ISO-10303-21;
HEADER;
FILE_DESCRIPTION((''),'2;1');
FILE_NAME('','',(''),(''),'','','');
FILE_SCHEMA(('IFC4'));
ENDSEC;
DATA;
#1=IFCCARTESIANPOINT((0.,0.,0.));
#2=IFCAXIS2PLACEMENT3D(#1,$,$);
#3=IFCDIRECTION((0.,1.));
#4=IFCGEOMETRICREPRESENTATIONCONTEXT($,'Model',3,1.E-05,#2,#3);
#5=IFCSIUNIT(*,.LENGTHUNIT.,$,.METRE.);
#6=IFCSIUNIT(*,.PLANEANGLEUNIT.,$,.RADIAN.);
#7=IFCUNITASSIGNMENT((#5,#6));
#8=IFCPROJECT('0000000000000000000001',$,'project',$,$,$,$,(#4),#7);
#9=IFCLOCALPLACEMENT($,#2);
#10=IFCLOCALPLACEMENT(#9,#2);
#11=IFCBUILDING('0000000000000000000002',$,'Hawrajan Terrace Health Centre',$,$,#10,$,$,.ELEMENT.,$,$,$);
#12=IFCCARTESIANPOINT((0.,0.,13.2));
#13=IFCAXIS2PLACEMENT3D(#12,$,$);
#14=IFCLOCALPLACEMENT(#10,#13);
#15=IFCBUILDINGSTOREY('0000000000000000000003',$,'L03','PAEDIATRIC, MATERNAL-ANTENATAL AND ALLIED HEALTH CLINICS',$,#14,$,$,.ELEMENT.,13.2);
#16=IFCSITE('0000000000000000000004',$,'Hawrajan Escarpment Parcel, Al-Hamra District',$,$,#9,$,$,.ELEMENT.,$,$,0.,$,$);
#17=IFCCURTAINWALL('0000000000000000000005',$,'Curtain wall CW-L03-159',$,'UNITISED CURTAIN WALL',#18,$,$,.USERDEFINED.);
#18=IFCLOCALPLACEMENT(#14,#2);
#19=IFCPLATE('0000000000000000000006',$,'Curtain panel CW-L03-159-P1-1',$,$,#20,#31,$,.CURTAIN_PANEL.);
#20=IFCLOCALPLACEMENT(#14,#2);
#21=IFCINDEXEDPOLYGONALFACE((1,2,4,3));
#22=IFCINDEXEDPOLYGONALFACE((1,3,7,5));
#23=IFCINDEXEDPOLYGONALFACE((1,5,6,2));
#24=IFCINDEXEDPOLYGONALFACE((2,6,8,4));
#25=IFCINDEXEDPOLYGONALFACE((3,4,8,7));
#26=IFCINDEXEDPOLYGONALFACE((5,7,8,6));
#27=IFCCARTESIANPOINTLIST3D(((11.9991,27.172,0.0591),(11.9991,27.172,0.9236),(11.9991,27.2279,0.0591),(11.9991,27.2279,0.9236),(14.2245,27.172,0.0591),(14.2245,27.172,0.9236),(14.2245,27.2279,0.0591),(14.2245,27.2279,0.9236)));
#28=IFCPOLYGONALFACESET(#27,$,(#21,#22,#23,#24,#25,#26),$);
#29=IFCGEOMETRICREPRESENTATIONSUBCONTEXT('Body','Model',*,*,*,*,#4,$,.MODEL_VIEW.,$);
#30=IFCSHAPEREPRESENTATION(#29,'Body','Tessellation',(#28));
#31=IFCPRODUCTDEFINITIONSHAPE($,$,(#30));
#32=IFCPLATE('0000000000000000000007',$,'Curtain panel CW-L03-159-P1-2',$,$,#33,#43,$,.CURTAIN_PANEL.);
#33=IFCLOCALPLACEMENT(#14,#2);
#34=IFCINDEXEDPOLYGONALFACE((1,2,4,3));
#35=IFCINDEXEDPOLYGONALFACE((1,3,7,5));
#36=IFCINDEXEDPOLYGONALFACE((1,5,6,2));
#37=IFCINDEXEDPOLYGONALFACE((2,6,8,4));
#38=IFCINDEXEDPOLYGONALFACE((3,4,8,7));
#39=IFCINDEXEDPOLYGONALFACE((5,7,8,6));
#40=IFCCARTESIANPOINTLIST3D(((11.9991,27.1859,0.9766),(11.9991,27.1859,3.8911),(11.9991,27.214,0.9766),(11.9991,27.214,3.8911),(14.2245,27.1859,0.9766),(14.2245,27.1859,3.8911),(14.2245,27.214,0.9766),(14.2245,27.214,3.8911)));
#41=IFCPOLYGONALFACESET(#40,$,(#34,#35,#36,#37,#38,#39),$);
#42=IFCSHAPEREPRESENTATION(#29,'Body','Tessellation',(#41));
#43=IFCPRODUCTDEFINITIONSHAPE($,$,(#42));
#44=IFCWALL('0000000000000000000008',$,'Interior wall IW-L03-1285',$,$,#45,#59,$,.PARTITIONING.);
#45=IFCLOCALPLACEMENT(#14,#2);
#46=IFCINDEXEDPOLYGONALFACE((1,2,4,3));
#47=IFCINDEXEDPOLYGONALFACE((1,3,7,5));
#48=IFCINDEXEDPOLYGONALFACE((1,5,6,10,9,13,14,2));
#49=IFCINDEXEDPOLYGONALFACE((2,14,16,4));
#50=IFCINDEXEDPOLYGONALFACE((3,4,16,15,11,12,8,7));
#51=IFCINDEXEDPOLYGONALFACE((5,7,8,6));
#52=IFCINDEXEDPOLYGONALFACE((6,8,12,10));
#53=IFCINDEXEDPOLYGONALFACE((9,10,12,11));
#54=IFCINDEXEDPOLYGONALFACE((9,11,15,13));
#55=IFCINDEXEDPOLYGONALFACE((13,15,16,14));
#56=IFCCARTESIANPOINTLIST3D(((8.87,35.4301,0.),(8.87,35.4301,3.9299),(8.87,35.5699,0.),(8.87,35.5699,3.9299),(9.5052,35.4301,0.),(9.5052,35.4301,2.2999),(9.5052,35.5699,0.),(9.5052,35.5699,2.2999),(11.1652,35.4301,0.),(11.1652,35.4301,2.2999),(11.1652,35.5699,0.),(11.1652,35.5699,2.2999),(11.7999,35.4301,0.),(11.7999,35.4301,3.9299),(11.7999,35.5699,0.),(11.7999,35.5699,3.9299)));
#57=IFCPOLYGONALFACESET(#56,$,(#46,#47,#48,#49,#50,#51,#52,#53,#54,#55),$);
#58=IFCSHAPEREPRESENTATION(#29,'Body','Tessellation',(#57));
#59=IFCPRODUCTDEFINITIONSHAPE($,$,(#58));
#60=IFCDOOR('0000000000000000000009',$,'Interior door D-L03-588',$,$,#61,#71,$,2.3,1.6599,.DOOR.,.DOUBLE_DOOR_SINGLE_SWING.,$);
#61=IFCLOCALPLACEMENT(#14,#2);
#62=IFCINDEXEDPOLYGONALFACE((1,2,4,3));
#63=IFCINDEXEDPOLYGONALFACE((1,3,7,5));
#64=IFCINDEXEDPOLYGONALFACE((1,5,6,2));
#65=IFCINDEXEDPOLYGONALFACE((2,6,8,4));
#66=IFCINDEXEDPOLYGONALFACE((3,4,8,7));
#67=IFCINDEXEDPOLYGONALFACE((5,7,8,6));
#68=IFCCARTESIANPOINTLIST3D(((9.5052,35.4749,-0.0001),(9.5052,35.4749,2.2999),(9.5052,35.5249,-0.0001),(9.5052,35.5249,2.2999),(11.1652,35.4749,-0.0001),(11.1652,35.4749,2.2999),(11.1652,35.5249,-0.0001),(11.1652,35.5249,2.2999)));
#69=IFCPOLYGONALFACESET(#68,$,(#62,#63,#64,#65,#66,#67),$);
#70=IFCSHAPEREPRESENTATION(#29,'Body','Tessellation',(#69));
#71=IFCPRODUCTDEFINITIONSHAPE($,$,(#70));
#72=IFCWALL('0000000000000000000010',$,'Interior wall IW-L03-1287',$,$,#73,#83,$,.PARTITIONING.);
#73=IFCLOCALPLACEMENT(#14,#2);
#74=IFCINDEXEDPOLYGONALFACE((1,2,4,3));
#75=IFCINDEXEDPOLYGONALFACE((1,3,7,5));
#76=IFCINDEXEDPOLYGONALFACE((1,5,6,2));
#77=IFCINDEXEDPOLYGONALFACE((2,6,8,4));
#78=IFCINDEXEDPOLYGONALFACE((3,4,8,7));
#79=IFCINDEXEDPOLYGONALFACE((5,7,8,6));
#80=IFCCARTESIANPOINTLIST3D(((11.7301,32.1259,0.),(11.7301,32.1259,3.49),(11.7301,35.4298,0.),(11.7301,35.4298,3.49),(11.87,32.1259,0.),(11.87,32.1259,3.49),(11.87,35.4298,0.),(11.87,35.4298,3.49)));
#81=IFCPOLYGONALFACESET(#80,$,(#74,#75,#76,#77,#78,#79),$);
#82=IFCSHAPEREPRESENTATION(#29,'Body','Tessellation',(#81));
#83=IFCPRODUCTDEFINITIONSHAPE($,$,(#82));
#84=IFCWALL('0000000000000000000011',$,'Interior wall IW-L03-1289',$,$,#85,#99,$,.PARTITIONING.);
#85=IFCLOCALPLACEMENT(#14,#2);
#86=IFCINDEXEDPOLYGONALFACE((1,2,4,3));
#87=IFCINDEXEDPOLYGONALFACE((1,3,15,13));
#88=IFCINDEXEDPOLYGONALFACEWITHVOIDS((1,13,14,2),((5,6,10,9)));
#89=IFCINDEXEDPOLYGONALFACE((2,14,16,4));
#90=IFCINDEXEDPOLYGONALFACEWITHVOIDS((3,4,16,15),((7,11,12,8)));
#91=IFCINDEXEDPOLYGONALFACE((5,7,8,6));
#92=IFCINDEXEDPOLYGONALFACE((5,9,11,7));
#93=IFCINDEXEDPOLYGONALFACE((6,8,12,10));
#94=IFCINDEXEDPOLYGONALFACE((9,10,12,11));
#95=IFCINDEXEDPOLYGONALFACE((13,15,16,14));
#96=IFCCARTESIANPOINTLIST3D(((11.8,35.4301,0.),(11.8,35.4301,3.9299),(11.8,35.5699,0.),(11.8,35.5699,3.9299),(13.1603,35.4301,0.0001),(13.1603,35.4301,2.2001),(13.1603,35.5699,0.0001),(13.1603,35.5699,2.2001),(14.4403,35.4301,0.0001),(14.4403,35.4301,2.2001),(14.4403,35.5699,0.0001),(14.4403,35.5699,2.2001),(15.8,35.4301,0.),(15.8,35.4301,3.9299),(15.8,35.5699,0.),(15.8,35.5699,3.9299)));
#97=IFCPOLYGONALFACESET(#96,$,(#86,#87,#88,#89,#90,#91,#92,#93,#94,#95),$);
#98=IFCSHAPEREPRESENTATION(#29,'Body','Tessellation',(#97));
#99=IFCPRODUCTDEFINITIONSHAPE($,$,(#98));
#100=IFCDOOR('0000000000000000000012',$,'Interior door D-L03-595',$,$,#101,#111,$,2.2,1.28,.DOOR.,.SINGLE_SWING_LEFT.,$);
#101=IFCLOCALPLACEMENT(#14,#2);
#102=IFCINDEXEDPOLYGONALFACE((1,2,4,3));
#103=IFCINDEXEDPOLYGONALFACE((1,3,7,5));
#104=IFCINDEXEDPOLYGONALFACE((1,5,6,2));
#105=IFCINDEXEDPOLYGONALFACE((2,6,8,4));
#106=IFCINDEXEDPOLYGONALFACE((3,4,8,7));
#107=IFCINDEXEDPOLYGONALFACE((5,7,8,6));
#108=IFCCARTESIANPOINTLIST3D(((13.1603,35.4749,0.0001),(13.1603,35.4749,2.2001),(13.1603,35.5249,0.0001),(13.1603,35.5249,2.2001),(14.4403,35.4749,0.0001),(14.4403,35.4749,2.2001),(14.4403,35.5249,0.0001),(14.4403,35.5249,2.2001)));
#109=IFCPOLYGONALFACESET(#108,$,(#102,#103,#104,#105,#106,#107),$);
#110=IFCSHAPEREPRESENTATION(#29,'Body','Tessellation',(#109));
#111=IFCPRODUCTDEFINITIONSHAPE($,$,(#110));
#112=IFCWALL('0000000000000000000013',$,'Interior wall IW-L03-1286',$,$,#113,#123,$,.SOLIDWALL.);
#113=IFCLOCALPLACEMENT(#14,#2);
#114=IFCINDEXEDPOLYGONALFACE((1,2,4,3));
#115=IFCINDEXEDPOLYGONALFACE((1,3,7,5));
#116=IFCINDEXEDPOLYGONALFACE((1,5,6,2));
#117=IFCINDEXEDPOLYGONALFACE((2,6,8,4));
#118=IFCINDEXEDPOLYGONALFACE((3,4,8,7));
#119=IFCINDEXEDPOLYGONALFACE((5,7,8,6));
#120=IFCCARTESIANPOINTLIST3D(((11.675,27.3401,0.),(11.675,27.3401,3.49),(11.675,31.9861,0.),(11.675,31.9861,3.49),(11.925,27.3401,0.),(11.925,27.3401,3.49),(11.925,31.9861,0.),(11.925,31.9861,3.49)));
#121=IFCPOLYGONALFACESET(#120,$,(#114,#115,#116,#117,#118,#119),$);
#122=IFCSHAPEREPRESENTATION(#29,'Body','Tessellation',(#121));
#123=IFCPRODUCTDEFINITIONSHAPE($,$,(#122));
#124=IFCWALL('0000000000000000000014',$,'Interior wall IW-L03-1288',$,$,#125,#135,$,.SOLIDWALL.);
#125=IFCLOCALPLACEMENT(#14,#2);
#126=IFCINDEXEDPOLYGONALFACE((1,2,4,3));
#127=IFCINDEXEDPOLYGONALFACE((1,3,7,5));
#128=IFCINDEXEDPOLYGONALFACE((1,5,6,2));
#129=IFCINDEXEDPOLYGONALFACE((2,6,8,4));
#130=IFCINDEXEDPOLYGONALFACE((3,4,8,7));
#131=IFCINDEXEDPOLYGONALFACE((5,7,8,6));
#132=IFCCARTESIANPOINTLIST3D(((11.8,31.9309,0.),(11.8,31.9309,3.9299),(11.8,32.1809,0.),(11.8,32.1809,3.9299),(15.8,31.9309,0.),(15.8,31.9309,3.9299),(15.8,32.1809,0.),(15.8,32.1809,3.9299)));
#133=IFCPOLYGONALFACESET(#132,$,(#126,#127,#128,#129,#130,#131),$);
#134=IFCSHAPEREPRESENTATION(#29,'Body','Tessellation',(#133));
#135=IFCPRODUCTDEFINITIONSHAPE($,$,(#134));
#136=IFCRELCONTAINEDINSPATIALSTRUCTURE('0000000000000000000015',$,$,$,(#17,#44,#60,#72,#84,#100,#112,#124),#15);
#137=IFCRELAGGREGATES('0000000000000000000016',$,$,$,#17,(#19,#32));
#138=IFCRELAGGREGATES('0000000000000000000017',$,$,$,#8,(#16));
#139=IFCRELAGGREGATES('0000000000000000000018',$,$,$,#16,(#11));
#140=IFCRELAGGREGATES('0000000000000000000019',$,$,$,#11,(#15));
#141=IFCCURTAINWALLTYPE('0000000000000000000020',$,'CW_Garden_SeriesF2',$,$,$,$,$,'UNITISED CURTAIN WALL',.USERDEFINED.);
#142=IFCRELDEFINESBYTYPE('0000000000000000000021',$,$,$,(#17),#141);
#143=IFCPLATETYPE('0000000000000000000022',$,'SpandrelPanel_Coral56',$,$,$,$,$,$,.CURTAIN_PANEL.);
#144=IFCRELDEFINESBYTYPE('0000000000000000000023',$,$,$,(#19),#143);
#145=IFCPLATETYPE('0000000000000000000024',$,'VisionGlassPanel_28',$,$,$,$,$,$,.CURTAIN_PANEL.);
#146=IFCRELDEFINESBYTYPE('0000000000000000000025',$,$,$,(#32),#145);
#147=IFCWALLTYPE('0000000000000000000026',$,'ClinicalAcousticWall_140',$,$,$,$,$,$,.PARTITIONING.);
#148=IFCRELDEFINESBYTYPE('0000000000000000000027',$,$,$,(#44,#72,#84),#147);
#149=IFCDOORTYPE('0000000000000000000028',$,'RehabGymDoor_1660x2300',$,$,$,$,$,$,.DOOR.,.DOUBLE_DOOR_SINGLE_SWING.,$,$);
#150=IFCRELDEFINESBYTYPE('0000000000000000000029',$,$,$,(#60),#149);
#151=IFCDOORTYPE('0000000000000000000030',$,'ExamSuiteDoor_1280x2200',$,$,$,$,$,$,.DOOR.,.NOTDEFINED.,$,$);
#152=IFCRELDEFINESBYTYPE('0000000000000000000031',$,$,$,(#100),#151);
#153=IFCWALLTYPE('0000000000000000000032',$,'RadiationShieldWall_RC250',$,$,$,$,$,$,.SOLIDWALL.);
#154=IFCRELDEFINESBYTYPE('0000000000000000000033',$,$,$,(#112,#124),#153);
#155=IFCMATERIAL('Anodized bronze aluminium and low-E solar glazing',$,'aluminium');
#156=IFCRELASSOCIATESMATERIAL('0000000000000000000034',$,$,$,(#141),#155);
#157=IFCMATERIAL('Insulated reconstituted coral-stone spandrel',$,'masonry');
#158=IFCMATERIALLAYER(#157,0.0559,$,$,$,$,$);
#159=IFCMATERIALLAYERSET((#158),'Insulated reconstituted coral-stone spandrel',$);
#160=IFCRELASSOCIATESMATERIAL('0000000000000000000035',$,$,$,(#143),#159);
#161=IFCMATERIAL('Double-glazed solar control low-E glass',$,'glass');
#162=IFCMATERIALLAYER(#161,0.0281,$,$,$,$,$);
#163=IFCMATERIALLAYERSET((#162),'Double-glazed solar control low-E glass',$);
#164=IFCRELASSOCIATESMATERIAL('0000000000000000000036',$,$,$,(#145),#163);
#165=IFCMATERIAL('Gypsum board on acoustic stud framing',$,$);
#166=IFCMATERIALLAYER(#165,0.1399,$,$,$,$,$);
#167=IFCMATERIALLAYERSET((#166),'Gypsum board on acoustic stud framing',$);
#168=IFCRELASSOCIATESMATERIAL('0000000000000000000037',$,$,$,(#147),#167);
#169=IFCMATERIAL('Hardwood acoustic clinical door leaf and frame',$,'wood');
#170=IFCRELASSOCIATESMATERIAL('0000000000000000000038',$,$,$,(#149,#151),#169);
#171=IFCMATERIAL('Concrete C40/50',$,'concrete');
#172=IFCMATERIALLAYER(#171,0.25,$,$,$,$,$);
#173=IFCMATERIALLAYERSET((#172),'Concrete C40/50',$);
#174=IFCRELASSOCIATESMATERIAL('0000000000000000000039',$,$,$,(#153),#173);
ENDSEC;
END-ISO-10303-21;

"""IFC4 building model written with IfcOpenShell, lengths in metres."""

from ifc_helpers import new_model, si_unit, direction, frame, frame_2d, origin, origin_2d, place, context, subcontext, project, spatial, rectangle, extrude, material, layer, layer_set, type_object, element, fill, aggregate, save


model = new_model("IFC4")

# Units and contexts
model_context = context("Model", 3, precision=1e-05, world=origin(), true_north=direction((0.0, 1.0)))
body_context = subcontext(model_context, "Body", "Model", "MODEL_VIEW")
ifc_project = project(units=[si_unit("LENGTHUNIT", "METRE"), si_unit("PLANEANGLEUNIT", "RADIAN")], contexts=[model_context])

# Site, building, storey
site_placement = place(None, origin())
site = spatial("IfcSite", under=ifc_project, at=site_placement, Name="Hawrajan Escarpment Parcel, Al-Hamra District", CompositionType="ELEMENT", RefElevation=0.0)
building_placement = place(site_placement, origin())
building = spatial("IfcBuilding", under=site, at=building_placement, Name="Hawrajan Terrace Health Centre", CompositionType="ELEMENT")
storey_placement = place(building_placement, frame((0.0, 0.0, 13.2)))
storey = spatial("IfcBuildingStorey", under=building, at=storey_placement, Name="L03", Description="PAEDIATRIC, MATERNAL-ANTENATAL AND ALLIED HEALTH CLINICS", CompositionType="ELEMENT", Elevation=13.2)

# Curtain wall
ifc_material_1 = material(Name="Anodized bronze aluminium and low-E solar glazing", Category="aluminium")
curtain_wall_type = type_object("IfcCurtainWallType", Name="CW_Garden_SeriesF2", ElementType="UNITISED CURTAIN WALL", PredefinedType="USERDEFINED", material=ifc_material_1)
curtain_wall_placement = place(storey_placement, origin())
curtain_wall = element("IfcCurtainWall", 1, at=curtain_wall_placement, inside=storey, type_object=curtain_wall_type, Name="Curtain wall CW-L03-159", ObjectType="UNITISED CURTAIN WALL", PredefinedType="USERDEFINED")

# Plates
ifc_material_2 = material(Name="Insulated reconstituted coral-stone spandrel", Category="masonry")
ifc_layer_1 = layer(ifc_material_2, 0.0559)
ifc_layer_set_1 = layer_set([ifc_layer_1], Name="Insulated reconstituted coral-stone spandrel")
plate_type_1 = type_object("IfcPlateType", Name="SpandrelPanel_Coral56", PredefinedType="CURTAIN_PANEL", material=ifc_layer_set_1)
plate_1_placement = place(storey_placement, frame((13.1118, 27.2, 0.0591), z_axis=(0.0, 0.0, 1.0), x_axis=(1.0, 0.0, 0.0)))
plate_1 = element("IfcPlate", 2, at=plate_1_placement, type_object=plate_type_1, Name="Curtain panel CW-L03-159-P1-1", PredefinedType="CURTAIN_PANEL", context=body_context, shape_type="SweptSolid", body=[
    extrude(rectangle(XDim=2.2253, YDim=0.0559, at=origin_2d()), origin(), (0.0, 0.0, 1.0), 0.8645),
])
ifc_material_3 = material(Name="Double-glazed solar control low-E glass", Category="glass")
ifc_layer_2 = layer(ifc_material_3, 0.0281)
ifc_layer_set_2 = layer_set([ifc_layer_2], Name="Double-glazed solar control low-E glass")
plate_type_2 = type_object("IfcPlateType", Name="VisionGlassPanel_28", PredefinedType="CURTAIN_PANEL", material=ifc_layer_set_2)
plate_2_placement = place(storey_placement, frame((13.1118, 27.2, 0.9766), z_axis=(0.0, 0.0, 1.0), x_axis=(1.0, 0.0, 0.0)))
plate_2 = element("IfcPlate", 3, at=plate_2_placement, type_object=plate_type_2, Name="Curtain panel CW-L03-159-P1-2", PredefinedType="CURTAIN_PANEL", context=body_context, shape_type="SweptSolid", body=[
    extrude(rectangle(XDim=2.2253, YDim=0.0281, at=origin_2d()), origin(), (0.0, 0.0, 1.0), 2.9146),
])
aggregate(curtain_wall, [plate_1, plate_2])

# Wall, opening, door
ifc_material_4 = material(Name="Gypsum board on acoustic stud framing")
ifc_layer_3 = layer(ifc_material_4, 0.1399)
ifc_layer_set_3 = layer_set([ifc_layer_3], Name="Gypsum board on acoustic stud framing")
wall_type_1 = type_object("IfcWallType", Name="ClinicalAcousticWall_140", PredefinedType="PARTITIONING", material=ifc_layer_set_3)
wall_1_placement = place(storey_placement, frame((8.8701, 35.5, 0.0), z_axis=(0.0, 0.0, 1.0), x_axis=(1.0, 0.0, 0.0)))
wall_1 = element("IfcWall", 4, at=wall_1_placement, inside=storey, type_object=wall_type_1, Name="Interior wall IW-L03-1285", PredefinedType="PARTITIONING", context=body_context, shape_type="SweptSolid", body=[
    extrude(rectangle(XDim=2.9299, YDim=0.1399, at=frame_2d((1.4648, 0.0))), origin(), (0.0, 0.0, 1.0), 3.9299),
])
opening_1_placement = place(wall_1_placement, frame((0.635, 0.0, 0.0)))
opening_1 = element("IfcOpeningElement", 5, at=opening_1_placement, cuts=wall_1, PredefinedType="OPENING", context=body_context, shape_type="SweptSolid", body=[
    extrude(rectangle(XDim=1.6599, YDim=2.3, at=frame_2d((0.8301, 1.1499))), frame((0.0, 0.0798, 0.0), z_axis=(0.0, -1.0, 0.0), x_axis=(1.0, 0.0, 0.0)), (0.0, 0.0, 1.0), 0.1599),
])
ifc_material_5 = material(Name="Hardwood acoustic clinical door leaf and frame", Category="wood")
door_type_1 = type_object("IfcDoorType", Name="RehabGymDoor_1660x2300", OperationType="DOUBLE_DOOR_SINGLE_SWING", PredefinedType="DOOR", material=ifc_material_5)
door_1_placement = place(opening_1_placement, origin())
door_1 = element("IfcDoor", 6, at=door_1_placement, inside=storey, type_object=door_type_1, Name="Interior door D-L03-588", OperationType="DOUBLE_DOOR_SINGLE_SWING", OverallHeight=2.3, OverallWidth=1.6599, PredefinedType="DOOR", context=body_context, shape_type="SweptSolid", body=[
    extrude(rectangle(XDim=1.6599, YDim=2.3, at=frame_2d((0.8301, 1.1499))), frame((0.0, 0.0249, 0.0), z_axis=(0.0, -1.0, 0.0), x_axis=(1.0, 0.0, 0.0)), (0.0, 0.0, 1.0), 0.05),
])
fill(opening_1, door_1)

# Wall
wall_2_placement = place(storey_placement, frame((11.8, 32.126, 0.0), z_axis=(0.0, 0.0, 1.0), x_axis=(0.0, 1.0, 0.0)))
element("IfcWall", 7, at=wall_2_placement, inside=storey, type_object=wall_type_1, Name="Interior wall IW-L03-1287", PredefinedType="PARTITIONING", context=body_context, shape_type="SweptSolid", body=[
    extrude(rectangle(XDim=3.304, YDim=0.1399, at=frame_2d((1.6519, 0.0))), origin(), (0.0, 0.0, 1.0), 3.49),
])

# Wall, opening, door
wall_3_placement = place(storey_placement, frame((11.8, 35.5, 0.0), z_axis=(0.0, 0.0, 1.0), x_axis=(1.0, 0.0, 0.0)))
wall_3 = element("IfcWall", 8, at=wall_3_placement, inside=storey, type_object=wall_type_1, Name="Interior wall IW-L03-1289", PredefinedType="PARTITIONING", context=body_context, shape_type="SweptSolid", body=[
    extrude(rectangle(XDim=4.0, YDim=0.1399, at=frame_2d((2.0, 0.0))), origin(), (0.0, 0.0, 1.0), 3.9299),
])
opening_2_placement = place(wall_3_placement, frame((1.3601, 0.0, 0.0)))
opening_2 = element("IfcOpeningElement", 9, at=opening_2_placement, cuts=wall_3, PredefinedType="OPENING", context=body_context, shape_type="SweptSolid", body=[
    extrude(rectangle(XDim=1.28, YDim=2.2, at=frame_2d((0.6401, 1.1001))), frame((0.0, 0.0798, 0.0), z_axis=(0.0, -1.0, 0.0), x_axis=(1.0, 0.0, 0.0)), (0.0, 0.0, 1.0), 0.1599),
])
door_type_2 = type_object("IfcDoorType", Name="ExamSuiteDoor_1280x2200", OperationType="NOTDEFINED", PredefinedType="DOOR", material=ifc_material_5)
door_2_placement = place(opening_2_placement, origin())
door_2 = element("IfcDoor", 10, at=door_2_placement, inside=storey, type_object=door_type_2, Name="Interior door D-L03-595", OperationType="SINGLE_SWING_LEFT", OverallHeight=2.2, OverallWidth=1.28, PredefinedType="DOOR", context=body_context, shape_type="SweptSolid", body=[
    extrude(rectangle(XDim=1.28, YDim=2.2, at=frame_2d((0.6401, 1.1001))), frame((0.0, 0.0249, 0.0), z_axis=(0.0, -1.0, 0.0), x_axis=(1.0, 0.0, 0.0)), (0.0, 0.0, 1.0), 0.05),
])
fill(opening_2, door_2)

# Walls
ifc_material_6 = material(Name="Concrete C40/50", Category="concrete")
ifc_layer_4 = layer(ifc_material_6, 0.25)
ifc_layer_set_4 = layer_set([ifc_layer_4], Name="Concrete C40/50")
wall_type_2 = type_object("IfcWallType", Name="RadiationShieldWall_RC250", PredefinedType="SOLIDWALL", material=ifc_layer_set_4)
wall_4_placement = place(storey_placement, frame((11.8, 27.3401, 0.0), z_axis=(0.0, 0.0, 1.0), x_axis=(0.0, 1.0, 0.0)))
element("IfcWall", 11, at=wall_4_placement, inside=storey, type_object=wall_type_2, Name="Interior wall IW-L03-1286", PredefinedType="SOLIDWALL", context=body_context, shape_type="SweptSolid", body=[
    extrude(rectangle(XDim=4.646, YDim=0.25, at=frame_2d((2.323, 0.0))), origin(), (0.0, 0.0, 1.0), 3.49),
])
wall_5_placement = place(storey_placement, frame((11.8, 32.0559, 0.0), z_axis=(0.0, 0.0, 1.0), x_axis=(1.0, 0.0, 0.0)))
element("IfcWall", 12, at=wall_5_placement, inside=storey, type_object=wall_type_2, Name="Interior wall IW-L03-1288", PredefinedType="SOLIDWALL", context=body_context, shape_type="SweptSolid", body=[
    extrude(rectangle(XDim=4.0, YDim=0.25, at=frame_2d((2.0, 0.0))), origin(), (0.0, 0.0, 1.0), 3.9299),
])

save(model, "model.ifc")
